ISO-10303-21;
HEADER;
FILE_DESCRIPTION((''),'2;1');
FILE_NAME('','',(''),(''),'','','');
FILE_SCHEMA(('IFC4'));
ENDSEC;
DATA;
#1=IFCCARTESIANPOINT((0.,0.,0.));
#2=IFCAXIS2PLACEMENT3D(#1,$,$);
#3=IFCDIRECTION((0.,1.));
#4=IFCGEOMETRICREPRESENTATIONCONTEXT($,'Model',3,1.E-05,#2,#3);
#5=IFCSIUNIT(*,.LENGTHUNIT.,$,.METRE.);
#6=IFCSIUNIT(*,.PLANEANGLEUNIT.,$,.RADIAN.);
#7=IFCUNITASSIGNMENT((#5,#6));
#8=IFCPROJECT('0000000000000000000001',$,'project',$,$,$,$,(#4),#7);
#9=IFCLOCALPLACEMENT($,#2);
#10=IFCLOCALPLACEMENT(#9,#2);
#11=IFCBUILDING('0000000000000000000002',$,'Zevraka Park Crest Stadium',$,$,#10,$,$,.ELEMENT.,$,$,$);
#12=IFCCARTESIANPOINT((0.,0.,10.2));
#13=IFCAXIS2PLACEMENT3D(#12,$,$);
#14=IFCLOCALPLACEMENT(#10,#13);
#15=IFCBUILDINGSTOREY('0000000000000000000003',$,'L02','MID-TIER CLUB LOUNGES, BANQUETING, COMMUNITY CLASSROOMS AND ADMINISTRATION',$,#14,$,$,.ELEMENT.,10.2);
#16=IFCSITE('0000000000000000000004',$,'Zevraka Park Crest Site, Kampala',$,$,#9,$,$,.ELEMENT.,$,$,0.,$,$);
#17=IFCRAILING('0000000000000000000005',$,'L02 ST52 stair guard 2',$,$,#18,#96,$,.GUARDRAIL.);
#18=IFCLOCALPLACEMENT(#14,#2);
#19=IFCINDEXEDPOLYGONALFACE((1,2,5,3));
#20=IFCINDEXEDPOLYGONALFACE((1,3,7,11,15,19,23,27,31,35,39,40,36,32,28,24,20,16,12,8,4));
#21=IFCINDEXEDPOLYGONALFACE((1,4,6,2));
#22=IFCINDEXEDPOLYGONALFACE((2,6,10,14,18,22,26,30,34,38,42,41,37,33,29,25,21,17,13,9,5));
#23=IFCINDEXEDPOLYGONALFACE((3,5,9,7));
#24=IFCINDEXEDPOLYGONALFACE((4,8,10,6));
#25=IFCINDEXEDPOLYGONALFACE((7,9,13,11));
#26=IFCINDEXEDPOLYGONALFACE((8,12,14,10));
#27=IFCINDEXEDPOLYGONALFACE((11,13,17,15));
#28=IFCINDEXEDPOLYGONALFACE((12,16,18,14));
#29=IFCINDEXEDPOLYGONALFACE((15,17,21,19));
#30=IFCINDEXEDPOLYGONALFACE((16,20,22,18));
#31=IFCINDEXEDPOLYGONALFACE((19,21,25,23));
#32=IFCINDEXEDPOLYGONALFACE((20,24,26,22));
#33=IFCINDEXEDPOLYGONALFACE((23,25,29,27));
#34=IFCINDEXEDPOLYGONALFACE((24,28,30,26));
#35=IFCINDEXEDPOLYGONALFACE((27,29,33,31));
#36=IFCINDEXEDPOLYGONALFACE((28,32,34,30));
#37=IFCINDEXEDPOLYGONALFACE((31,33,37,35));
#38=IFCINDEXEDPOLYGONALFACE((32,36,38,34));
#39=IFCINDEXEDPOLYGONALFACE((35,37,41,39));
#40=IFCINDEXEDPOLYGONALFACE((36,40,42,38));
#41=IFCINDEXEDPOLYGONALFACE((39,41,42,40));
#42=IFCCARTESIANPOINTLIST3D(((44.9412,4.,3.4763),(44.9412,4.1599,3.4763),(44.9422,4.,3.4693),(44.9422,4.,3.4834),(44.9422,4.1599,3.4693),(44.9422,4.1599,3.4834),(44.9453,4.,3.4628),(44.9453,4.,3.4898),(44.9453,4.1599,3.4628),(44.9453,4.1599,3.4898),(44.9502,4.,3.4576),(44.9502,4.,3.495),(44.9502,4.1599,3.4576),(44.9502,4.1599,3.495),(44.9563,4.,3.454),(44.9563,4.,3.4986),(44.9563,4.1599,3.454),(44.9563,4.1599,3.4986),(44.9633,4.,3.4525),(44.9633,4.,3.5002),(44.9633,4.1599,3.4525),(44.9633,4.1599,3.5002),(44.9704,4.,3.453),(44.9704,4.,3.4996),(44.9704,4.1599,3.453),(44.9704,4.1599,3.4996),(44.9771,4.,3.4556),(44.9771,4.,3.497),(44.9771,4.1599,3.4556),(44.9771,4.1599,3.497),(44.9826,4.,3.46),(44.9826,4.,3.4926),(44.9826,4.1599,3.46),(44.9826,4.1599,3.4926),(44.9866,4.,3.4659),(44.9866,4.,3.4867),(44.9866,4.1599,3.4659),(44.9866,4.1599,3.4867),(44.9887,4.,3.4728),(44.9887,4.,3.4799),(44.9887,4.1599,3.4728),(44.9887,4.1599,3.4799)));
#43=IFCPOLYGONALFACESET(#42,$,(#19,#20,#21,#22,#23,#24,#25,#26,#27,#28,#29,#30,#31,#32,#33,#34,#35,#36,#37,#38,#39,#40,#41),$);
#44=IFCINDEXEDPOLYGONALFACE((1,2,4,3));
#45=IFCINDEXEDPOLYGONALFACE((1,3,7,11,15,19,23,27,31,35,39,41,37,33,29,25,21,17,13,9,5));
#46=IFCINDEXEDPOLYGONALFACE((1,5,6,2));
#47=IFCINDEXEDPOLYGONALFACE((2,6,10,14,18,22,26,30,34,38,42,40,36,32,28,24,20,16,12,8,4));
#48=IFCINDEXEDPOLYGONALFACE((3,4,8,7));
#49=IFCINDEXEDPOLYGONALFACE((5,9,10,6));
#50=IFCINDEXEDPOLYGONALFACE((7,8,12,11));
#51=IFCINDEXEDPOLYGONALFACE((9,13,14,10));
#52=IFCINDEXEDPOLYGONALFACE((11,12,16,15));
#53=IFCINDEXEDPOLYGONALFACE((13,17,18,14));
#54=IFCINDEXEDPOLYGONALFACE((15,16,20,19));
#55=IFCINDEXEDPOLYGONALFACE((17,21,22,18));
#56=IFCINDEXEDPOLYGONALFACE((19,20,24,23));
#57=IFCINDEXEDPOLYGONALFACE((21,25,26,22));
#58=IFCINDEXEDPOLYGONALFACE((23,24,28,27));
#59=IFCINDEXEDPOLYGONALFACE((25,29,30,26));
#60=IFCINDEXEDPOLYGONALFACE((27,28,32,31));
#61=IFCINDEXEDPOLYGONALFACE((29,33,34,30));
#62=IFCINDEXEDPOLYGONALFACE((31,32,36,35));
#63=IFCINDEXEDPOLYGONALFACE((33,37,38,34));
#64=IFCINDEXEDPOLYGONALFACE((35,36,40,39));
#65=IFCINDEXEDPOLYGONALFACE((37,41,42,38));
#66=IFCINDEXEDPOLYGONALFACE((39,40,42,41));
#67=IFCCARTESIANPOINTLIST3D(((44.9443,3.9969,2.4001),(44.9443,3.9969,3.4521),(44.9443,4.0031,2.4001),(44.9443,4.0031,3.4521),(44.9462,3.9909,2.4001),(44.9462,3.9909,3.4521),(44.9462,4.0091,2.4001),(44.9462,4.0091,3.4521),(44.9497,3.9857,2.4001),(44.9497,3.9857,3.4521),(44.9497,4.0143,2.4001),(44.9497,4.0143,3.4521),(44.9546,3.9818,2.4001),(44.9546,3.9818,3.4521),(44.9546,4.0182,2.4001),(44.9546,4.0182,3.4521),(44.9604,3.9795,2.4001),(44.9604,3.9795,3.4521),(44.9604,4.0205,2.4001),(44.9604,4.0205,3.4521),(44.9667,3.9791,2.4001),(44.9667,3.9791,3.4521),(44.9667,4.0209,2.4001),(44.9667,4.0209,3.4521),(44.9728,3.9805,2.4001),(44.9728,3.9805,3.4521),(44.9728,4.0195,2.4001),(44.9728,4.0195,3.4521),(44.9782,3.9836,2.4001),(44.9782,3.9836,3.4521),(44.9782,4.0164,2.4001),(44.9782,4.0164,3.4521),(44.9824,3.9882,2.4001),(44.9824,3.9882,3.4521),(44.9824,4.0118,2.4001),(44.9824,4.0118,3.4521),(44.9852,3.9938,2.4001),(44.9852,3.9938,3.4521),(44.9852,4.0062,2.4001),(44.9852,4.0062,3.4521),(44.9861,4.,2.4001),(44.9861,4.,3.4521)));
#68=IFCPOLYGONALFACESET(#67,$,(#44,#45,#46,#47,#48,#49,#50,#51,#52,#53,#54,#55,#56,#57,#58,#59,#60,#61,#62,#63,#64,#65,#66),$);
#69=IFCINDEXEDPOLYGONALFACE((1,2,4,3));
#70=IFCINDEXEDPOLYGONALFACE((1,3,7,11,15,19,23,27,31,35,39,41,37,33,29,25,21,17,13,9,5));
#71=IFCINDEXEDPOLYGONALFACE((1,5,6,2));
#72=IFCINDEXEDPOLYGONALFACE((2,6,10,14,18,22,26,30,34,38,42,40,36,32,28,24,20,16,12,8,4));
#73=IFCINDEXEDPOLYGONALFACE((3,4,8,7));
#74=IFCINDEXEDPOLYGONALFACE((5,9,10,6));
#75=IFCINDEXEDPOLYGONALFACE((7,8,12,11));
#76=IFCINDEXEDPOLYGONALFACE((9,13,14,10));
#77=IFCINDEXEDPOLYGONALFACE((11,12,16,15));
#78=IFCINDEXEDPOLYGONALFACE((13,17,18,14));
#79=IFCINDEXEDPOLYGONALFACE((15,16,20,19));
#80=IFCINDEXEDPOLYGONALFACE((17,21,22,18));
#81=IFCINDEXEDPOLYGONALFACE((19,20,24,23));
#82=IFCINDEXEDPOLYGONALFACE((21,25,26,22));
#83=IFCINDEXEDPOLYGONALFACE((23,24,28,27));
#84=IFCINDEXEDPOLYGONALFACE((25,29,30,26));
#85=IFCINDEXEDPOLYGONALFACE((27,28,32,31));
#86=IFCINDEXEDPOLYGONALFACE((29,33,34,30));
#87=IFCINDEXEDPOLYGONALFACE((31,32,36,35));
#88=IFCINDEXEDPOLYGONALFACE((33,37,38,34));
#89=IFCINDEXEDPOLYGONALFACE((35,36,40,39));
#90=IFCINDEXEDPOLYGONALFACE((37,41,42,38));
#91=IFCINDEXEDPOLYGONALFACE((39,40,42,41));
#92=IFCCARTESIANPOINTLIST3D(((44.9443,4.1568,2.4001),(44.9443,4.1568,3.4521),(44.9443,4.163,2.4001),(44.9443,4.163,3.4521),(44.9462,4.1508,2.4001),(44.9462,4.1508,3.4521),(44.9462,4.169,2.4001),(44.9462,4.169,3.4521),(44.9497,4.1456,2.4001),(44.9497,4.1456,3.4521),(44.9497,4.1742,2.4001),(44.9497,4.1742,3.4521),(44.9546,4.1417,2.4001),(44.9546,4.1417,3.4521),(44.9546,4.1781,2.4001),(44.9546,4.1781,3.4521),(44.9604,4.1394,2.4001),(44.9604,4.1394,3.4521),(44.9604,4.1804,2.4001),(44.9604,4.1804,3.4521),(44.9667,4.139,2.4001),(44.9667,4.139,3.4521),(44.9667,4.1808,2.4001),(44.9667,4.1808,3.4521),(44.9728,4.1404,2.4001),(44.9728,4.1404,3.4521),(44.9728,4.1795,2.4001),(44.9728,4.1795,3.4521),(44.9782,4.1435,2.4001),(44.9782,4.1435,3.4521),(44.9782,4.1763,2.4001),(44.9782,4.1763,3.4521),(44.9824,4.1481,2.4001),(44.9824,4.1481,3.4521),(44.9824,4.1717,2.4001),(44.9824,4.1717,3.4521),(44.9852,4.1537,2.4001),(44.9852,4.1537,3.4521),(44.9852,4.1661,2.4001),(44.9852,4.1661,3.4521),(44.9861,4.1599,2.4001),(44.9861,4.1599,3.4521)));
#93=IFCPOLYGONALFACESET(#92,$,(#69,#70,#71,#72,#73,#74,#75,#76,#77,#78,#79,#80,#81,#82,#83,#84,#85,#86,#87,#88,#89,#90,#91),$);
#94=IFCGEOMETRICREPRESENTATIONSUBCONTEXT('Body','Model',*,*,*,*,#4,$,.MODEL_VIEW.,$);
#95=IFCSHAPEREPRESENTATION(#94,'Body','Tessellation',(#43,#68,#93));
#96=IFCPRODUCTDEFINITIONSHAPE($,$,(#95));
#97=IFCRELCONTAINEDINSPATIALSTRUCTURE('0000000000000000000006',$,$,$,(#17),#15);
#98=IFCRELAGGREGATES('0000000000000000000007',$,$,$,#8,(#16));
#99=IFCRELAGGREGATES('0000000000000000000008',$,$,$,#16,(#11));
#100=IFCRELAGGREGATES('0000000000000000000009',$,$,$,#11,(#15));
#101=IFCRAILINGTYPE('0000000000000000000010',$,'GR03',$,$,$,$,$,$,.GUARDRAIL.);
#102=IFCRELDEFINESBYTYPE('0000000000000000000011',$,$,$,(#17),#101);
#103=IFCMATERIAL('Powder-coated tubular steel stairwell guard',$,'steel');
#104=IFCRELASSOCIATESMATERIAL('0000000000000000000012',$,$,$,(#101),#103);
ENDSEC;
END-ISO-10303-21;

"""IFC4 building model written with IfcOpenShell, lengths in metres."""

from ifc_helpers import new_model, si_unit, direction, frame, origin, origin_2d, place, context, subcontext, project, spatial, circle, extrude, material, type_object, element, save


model = new_model("IFC4")

# Units and contexts
model_context = context("Model", 3, precision=1e-05, world=origin(), true_north=direction((0.0, 1.0)))
body_context = subcontext(model_context, "Body", "Model", "MODEL_VIEW")
ifc_project = project(units=[si_unit("LENGTHUNIT", "METRE"), si_unit("PLANEANGLEUNIT", "RADIAN")], contexts=[model_context])

# Site, building, storey
site_placement = place(None, origin())
site = spatial("IfcSite", under=ifc_project, at=site_placement, Name="Zevraka Park Crest Site, Kampala", CompositionType="ELEMENT", RefElevation=0.0)
building_placement = place(site_placement, origin())
building = spatial("IfcBuilding", under=site, at=building_placement, Name="Zevraka Park Crest Stadium", CompositionType="ELEMENT")
storey_placement = place(building_placement, frame((0.0, 0.0, 10.2)))
storey = spatial("IfcBuildingStorey", under=building, at=storey_placement, Name="L02", Description="MID-TIER CLUB LOUNGES, BANQUETING, COMMUNITY CLASSROOMS AND ADMINISTRATION", CompositionType="ELEMENT", Elevation=10.2)

# Railing
ifc_material_1 = material(Name="Powder-coated tubular steel stairwell guard", Category="steel")
railing_type_1 = type_object("IfcRailingType", Name="GR03", PredefinedType="GUARDRAIL", material=ifc_material_1)
railing_1_placement = place(storey_placement, frame((44.9651, 4.0, 2.4001)))
element("IfcRailing", 1, at=railing_1_placement, inside=storey, type_object=railing_type_1, Name="L02 ST52 stair guard 2", PredefinedType="GUARDRAIL", context=body_context, shape_type="SweptSolid", body=[
    extrude(circle(Radius=0.0239, at=origin_2d()), frame((0.0, 0.0, 1.0762), z_axis=(0.0, 1.0, 0.0), x_axis=(-1.0, 0.0, 0.0)), (0.0, 0.0, 1.0), 0.1599),
    extrude(circle(Radius=0.021, at=origin_2d()), origin(), (0.0, 0.0, 1.0), 1.052),
    extrude(circle(Radius=0.021, at=origin_2d()), frame((0.0, 0.1599, 0.0)), (0.0, 0.0, 1.0), 1.052),
])

save(model, "model.ifc")
